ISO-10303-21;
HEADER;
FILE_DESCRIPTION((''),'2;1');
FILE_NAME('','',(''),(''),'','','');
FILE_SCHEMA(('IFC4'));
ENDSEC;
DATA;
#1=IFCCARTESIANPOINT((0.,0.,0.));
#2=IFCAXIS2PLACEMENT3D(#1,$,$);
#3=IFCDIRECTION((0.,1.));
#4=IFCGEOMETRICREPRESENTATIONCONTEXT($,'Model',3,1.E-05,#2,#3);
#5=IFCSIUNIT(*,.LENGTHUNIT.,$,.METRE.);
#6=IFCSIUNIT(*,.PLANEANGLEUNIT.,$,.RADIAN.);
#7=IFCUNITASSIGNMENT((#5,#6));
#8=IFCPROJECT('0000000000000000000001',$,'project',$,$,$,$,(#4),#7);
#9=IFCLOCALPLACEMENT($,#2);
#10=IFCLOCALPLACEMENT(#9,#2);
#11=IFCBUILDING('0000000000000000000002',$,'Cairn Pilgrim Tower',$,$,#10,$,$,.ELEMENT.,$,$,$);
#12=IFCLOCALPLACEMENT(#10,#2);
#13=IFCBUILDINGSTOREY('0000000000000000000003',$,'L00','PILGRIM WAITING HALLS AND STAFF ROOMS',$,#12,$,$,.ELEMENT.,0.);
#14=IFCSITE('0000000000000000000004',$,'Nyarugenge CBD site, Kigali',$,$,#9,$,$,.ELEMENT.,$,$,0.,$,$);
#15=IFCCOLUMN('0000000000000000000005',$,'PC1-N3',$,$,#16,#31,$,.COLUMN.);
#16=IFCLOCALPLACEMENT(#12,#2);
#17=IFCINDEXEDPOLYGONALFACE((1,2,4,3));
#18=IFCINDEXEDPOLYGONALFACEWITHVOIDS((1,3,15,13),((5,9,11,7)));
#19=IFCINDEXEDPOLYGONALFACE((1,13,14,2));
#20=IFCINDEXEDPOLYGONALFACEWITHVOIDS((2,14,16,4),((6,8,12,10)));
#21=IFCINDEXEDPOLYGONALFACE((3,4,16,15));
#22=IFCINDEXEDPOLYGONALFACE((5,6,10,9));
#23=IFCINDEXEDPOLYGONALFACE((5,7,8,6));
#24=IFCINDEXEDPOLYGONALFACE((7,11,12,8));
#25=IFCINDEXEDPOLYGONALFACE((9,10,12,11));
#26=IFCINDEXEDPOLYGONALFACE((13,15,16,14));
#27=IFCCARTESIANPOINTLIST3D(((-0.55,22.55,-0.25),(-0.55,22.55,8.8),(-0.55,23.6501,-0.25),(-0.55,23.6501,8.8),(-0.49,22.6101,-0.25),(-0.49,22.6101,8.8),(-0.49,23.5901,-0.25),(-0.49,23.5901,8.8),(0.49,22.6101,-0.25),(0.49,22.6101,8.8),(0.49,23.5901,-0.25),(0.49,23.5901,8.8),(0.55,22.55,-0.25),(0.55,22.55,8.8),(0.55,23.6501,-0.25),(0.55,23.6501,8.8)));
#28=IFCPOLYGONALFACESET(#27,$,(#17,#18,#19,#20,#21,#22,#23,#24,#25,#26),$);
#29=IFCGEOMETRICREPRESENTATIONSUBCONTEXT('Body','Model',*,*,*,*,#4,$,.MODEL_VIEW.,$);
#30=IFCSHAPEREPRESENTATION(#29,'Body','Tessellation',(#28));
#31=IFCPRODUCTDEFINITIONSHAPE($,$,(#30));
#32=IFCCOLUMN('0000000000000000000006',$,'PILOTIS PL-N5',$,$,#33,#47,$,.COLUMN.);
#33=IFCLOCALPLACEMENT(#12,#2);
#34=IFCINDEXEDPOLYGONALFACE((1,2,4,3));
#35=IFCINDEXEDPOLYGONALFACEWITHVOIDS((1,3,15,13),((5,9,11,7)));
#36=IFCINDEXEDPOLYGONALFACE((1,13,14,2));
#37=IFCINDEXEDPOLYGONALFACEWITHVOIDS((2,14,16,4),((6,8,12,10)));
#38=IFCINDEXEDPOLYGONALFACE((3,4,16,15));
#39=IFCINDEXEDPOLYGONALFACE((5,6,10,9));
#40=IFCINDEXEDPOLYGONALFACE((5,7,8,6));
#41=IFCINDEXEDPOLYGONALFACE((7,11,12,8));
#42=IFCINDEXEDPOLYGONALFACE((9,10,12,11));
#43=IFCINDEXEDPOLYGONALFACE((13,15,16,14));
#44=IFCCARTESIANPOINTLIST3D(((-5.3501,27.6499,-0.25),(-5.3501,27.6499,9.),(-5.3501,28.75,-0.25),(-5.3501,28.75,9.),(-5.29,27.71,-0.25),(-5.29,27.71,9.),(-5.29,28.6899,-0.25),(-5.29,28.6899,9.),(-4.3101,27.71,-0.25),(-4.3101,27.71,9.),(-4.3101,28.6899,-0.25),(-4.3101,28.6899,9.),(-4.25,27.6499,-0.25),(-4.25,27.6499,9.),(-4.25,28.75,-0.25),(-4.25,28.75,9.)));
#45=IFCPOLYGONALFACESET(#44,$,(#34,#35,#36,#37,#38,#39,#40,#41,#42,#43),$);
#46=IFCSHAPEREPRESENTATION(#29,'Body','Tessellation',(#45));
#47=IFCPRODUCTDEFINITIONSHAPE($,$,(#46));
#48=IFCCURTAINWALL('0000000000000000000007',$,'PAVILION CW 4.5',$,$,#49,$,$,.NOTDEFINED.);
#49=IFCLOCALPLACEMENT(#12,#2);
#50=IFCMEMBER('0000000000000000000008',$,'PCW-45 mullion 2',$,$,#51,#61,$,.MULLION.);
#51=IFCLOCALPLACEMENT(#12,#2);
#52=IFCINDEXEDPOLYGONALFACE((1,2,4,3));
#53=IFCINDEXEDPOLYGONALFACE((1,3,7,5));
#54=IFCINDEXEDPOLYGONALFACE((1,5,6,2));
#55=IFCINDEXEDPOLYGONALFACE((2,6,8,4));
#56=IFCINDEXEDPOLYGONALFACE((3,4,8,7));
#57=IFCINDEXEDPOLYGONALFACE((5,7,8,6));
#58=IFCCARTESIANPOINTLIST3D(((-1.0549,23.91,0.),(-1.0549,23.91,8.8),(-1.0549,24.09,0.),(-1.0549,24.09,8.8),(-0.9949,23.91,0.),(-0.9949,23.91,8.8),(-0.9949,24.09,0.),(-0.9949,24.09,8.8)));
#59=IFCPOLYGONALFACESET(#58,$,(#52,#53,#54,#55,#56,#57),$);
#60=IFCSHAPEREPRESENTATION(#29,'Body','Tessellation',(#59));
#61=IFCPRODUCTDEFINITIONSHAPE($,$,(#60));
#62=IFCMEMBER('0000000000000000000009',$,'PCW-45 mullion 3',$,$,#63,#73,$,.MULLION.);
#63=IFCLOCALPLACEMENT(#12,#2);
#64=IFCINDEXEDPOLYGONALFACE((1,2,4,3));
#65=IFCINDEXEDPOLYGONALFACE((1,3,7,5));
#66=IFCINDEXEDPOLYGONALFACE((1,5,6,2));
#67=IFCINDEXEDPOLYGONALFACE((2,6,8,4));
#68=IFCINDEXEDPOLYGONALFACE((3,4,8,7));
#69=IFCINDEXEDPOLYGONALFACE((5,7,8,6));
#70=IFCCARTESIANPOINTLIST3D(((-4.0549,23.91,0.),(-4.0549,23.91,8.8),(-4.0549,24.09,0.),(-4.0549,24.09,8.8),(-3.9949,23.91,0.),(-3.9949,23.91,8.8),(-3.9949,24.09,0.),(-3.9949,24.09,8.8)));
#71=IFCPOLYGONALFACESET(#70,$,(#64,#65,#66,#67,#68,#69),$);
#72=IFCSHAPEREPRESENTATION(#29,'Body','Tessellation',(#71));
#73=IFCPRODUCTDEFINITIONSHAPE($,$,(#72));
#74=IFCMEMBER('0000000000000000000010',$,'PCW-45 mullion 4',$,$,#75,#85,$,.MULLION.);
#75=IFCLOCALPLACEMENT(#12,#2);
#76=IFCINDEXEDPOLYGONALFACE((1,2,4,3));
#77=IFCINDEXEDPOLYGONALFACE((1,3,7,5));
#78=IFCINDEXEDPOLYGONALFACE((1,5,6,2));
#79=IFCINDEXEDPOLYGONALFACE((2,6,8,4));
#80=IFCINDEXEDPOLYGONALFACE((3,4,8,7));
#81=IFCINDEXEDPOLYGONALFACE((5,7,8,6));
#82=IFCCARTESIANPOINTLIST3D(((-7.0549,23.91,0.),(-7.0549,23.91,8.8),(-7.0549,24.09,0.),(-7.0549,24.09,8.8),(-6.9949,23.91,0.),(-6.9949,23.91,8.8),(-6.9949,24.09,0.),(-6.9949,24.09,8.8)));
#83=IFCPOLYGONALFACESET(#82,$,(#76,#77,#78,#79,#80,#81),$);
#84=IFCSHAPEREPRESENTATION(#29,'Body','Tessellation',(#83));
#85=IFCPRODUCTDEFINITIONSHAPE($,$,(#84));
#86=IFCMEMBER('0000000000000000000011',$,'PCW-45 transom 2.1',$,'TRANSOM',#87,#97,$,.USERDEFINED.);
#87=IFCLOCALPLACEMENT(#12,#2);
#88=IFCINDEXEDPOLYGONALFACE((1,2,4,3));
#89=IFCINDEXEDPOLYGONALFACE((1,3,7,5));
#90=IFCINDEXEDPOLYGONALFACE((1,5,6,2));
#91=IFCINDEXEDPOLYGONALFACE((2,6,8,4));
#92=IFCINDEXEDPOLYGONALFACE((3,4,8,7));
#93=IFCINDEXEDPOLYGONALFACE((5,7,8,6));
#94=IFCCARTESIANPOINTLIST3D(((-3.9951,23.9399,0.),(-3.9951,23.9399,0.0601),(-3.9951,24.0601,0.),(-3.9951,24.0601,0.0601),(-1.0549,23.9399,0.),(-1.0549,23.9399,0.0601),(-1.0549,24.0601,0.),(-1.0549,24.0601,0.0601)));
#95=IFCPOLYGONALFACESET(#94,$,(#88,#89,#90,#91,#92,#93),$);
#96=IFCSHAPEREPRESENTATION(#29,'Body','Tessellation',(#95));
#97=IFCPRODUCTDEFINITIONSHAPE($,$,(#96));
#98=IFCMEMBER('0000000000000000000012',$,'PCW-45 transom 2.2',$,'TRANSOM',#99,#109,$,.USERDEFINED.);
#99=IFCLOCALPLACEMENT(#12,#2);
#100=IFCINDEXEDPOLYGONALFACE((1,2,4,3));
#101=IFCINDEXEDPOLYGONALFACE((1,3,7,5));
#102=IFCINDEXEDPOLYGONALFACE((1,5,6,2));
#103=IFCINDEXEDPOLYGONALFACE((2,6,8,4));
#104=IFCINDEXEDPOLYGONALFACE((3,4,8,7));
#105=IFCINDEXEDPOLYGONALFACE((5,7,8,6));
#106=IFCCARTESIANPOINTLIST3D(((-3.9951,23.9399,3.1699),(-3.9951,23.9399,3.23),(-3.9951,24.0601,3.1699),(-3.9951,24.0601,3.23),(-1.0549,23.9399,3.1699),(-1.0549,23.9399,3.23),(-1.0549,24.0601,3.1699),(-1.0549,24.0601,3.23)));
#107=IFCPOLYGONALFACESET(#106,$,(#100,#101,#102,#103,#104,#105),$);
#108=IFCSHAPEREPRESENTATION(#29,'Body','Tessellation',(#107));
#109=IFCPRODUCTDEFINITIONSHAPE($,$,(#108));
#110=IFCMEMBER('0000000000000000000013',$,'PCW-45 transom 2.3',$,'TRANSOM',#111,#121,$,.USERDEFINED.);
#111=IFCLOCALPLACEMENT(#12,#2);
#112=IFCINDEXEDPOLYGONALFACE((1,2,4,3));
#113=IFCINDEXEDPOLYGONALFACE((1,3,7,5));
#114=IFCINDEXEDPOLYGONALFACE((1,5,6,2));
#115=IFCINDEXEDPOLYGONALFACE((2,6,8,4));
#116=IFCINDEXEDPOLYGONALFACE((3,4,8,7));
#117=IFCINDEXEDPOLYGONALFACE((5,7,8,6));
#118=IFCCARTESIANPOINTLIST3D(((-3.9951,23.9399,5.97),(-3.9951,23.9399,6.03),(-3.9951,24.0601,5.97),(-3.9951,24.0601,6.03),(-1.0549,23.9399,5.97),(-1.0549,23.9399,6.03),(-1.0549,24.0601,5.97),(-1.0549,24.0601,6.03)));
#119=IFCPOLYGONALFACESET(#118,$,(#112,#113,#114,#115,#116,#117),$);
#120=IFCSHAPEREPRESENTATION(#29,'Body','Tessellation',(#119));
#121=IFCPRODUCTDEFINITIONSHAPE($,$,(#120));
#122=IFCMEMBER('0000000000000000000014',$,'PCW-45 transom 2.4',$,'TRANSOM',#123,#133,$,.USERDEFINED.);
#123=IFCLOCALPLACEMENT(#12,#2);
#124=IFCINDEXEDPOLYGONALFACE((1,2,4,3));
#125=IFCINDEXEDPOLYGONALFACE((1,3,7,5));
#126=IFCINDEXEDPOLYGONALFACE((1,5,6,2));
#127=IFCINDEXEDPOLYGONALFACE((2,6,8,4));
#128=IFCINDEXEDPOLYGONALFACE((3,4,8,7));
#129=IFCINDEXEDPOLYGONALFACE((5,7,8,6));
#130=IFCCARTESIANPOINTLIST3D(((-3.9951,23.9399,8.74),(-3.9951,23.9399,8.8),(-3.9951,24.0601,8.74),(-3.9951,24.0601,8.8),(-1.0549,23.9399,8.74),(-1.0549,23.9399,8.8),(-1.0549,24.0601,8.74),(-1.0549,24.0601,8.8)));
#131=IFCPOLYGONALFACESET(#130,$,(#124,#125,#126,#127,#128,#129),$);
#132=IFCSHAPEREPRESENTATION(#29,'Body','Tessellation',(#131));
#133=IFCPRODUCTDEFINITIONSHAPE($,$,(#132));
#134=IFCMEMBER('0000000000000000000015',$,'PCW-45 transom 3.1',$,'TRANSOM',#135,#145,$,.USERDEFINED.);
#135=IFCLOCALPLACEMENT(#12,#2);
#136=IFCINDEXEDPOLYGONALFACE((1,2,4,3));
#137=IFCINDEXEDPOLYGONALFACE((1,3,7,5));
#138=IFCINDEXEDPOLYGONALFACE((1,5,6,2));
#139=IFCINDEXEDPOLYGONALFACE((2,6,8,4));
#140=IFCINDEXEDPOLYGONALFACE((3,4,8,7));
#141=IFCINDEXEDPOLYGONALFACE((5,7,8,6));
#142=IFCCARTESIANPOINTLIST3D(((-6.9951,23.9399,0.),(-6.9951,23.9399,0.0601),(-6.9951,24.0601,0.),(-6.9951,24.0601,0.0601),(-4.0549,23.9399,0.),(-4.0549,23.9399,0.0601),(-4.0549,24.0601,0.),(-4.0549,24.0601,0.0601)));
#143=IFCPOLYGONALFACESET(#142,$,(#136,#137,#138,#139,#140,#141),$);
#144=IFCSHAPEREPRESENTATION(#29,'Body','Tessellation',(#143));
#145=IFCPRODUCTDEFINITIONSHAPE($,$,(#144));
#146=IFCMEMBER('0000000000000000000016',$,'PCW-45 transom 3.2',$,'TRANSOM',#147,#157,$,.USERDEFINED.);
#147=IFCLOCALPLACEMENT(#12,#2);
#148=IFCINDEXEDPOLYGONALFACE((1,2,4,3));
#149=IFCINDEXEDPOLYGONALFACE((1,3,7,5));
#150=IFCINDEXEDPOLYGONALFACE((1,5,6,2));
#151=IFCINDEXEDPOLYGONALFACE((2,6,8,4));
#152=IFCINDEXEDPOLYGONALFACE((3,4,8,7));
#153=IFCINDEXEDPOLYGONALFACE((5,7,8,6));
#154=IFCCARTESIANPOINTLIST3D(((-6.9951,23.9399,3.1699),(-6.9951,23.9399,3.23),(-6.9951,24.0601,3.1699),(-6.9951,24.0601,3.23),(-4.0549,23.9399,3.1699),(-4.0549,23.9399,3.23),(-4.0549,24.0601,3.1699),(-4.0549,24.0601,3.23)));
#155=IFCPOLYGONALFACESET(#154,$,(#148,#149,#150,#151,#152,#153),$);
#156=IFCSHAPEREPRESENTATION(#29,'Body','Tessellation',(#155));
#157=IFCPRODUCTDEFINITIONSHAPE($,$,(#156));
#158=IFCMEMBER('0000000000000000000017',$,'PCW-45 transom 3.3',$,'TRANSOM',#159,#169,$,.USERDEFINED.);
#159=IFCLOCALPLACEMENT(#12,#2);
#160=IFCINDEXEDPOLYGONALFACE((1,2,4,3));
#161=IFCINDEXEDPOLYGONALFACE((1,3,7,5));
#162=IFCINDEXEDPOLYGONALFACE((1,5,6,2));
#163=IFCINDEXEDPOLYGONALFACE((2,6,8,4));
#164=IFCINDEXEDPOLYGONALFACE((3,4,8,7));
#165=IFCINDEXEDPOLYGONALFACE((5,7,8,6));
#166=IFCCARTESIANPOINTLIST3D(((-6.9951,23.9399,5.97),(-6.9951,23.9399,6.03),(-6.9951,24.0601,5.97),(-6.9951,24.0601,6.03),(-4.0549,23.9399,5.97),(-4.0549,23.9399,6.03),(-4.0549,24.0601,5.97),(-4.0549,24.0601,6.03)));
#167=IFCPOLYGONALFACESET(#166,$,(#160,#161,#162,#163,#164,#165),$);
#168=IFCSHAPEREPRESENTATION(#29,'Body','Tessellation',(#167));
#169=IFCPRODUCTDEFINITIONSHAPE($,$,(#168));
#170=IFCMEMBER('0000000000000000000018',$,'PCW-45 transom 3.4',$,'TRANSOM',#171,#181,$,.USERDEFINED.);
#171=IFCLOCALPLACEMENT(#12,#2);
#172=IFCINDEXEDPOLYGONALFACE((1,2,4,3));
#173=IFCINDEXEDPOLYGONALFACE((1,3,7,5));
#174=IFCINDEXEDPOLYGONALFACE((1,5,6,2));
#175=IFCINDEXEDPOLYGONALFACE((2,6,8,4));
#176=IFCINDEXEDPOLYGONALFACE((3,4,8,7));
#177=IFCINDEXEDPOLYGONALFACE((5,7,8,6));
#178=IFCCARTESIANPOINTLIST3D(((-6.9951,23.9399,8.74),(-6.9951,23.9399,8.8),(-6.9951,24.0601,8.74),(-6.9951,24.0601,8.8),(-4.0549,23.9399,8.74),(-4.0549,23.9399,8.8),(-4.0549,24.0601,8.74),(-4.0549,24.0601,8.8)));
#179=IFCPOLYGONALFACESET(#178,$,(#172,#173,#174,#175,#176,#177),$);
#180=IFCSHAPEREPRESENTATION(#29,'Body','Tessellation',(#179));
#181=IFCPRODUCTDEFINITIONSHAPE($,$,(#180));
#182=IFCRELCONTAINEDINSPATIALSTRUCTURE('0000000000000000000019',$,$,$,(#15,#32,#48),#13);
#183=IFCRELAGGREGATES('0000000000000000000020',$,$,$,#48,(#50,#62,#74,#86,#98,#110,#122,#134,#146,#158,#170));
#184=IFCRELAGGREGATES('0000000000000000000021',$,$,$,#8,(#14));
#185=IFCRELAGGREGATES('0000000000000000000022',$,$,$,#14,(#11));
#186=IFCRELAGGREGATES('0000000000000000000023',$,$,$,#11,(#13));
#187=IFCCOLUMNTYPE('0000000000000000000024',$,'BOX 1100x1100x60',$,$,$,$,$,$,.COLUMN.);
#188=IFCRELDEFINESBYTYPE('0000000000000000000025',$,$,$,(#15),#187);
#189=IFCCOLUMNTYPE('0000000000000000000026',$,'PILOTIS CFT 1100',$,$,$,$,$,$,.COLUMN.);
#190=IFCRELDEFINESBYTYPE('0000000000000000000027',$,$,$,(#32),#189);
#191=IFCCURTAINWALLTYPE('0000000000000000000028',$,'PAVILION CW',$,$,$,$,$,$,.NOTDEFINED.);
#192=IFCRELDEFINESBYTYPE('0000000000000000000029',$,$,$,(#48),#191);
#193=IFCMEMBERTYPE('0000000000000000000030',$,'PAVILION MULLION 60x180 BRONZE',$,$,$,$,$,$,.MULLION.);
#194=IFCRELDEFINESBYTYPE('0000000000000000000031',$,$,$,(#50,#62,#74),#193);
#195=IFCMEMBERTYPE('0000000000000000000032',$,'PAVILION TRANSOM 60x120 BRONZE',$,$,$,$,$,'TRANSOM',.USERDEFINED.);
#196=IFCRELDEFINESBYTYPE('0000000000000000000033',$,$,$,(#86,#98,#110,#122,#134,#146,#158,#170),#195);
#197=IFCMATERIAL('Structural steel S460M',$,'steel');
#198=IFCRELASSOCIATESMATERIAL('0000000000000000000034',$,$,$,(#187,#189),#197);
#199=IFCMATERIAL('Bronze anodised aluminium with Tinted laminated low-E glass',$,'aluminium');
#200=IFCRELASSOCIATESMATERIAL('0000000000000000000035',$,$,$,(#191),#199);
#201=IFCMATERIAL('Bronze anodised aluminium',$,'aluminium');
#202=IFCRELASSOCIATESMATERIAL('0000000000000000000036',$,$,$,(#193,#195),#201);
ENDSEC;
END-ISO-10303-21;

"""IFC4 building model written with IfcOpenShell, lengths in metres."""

from ifc_helpers import new_model, si_unit, direction, frame, origin, origin_2d, place, context, subcontext, project, spatial, rectangle, hollow_rectangle, extrude, material, material_profile, profile_set, type_object, element, aggregate, save


model = new_model("IFC4")

# Units and contexts
model_context = context("Model", 3, precision=1e-05, world=origin(), true_north=direction((0.0, 1.0)))
body_context = subcontext(model_context, "Body", "Model", "MODEL_VIEW")
ifc_project = project(units=[si_unit("LENGTHUNIT", "METRE"), si_unit("PLANEANGLEUNIT", "RADIAN")], contexts=[model_context])

# Site, building, storey
site_placement = place(None, origin())
site = spatial("IfcSite", under=ifc_project, at=site_placement, Name="Nyarugenge CBD site, Kigali", CompositionType="ELEMENT", RefElevation=0.0)
building_placement = place(site_placement, origin())
building = spatial("IfcBuilding", under=site, at=building_placement, Name="Cairn Pilgrim Tower", CompositionType="ELEMENT")
storey_placement = place(building_placement, origin())
storey = spatial("IfcBuildingStorey", under=building, at=storey_placement, Name="L00", Description="PILGRIM WAITING HALLS AND STAFF ROOMS", CompositionType="ELEMENT", Elevation=0.0)

# Columns
ifc_material_1 = material(Name="Structural steel S460M", Category="steel")
ifc_material_profile_1 = material_profile(ifc_material_1, hollow_rectangle(XDim=1.1001, YDim=1.1001, WallThickness=0.0601, at=origin_2d()), Name="BOX 1100x1100x60")
ifc_profile_set_1 = profile_set([ifc_material_profile_1], Name="Structural steel S460M")
column_type_1 = type_object("IfcColumnType", Name="BOX 1100x1100x60", PredefinedType="COLUMN", material=ifc_profile_set_1)
column_1_placement = place(storey_placement, frame((0.0, 23.1001, -0.25), z_axis=(0.0, 0.0, 1.0), x_axis=(1.0, 0.0, 0.0)))
element("IfcColumn", 1, at=column_1_placement, inside=storey, type_object=column_type_1, Name="PC1-N3", PredefinedType="COLUMN", context=body_context, shape_type="SweptSolid", body=[
    extrude(hollow_rectangle(XDim=1.1001, YDim=1.1001, WallThickness=0.0601, at=origin_2d()), origin(), (0.0, 0.0, 1.0), 9.05),
])
ifc_material_profile_2 = material_profile(ifc_material_1, hollow_rectangle(XDim=1.1001, YDim=1.1001, WallThickness=0.0601, at=origin_2d()), Name="BOX 1100x1100x60")
ifc_profile_set_2 = profile_set([ifc_material_profile_2], Name="Structural steel S460M")
column_type_2 = type_object("IfcColumnType", Name="PILOTIS CFT 1100", PredefinedType="COLUMN", material=ifc_profile_set_2)
column_2_placement = place(storey_placement, frame((-4.8, 28.2, -0.25), z_axis=(0.0, 0.0, 1.0), x_axis=(1.0, 0.0, 0.0)))
element("IfcColumn", 2, at=column_2_placement, inside=storey, type_object=column_type_2, Name="PILOTIS PL-N5", PredefinedType="COLUMN", context=body_context, shape_type="SweptSolid", body=[
    extrude(hollow_rectangle(XDim=1.1001, YDim=1.1001, WallThickness=0.0601, at=origin_2d()), origin(), (0.0, 0.0, 1.0), 9.25),
])

# Curtain wall, members
ifc_material_2 = material(Name="Bronze anodised aluminium with Tinted laminated low-E glass", Category="aluminium")
curtain_wall_type = type_object("IfcCurtainWallType", Name="PAVILION CW", PredefinedType="NOTDEFINED", material=ifc_material_2)
curtain_wall_placement = place(storey_placement, origin())
curtain_wall = element("IfcCurtainWall", 3, at=curtain_wall_placement, inside=storey, type_object=curtain_wall_type, Name="PAVILION CW 4.5", PredefinedType="NOTDEFINED")
ifc_material_3 = material(Name="Bronze anodised aluminium", Category="aluminium")
ifc_material_profile_3 = material_profile(ifc_material_3, rectangle(XDim=0.1799, YDim=0.0601, at=origin_2d()), Name="PAVILION MULLION 60x180 BRONZE")
ifc_profile_set_3 = profile_set([ifc_material_profile_3], Name="Bronze anodised aluminium")
member_type_1 = type_object("IfcMemberType", Name="PAVILION MULLION 60x180 BRONZE", PredefinedType="MULLION", material=ifc_profile_set_3)
member_1_placement = place(storey_placement, frame((-1.0249, 24.0, 0.0), z_axis=(0.0, 0.0, 1.0), x_axis=(0.0, -1.0, 0.0)))
member_1 = element("IfcMember", 4, at=member_1_placement, type_object=member_type_1, Name="PCW-45 mullion 2", PredefinedType="MULLION", context=body_context, shape_type="SweptSolid", body=[
    extrude(rectangle(XDim=0.1799, YDim=0.0601, at=origin_2d()), origin(), (0.0, 0.0, 1.0), 8.8),
])
member_2_placement = place(storey_placement, frame((-4.0249, 24.0, 0.0), z_axis=(0.0, 0.0, 1.0), x_axis=(0.0, -1.0, 0.0)))
member_2 = element("IfcMember", 5, at=member_2_placement, type_object=member_type_1, Name="PCW-45 mullion 3", PredefinedType="MULLION", context=body_context, shape_type="SweptSolid", body=[
    extrude(rectangle(XDim=0.1799, YDim=0.0601, at=origin_2d()), origin(), (0.0, 0.0, 1.0), 8.8),
])
member_3_placement = place(storey_placement, frame((-7.0249, 24.0, 0.0), z_axis=(0.0, 0.0, 1.0), x_axis=(0.0, -1.0, 0.0)))
member_3 = element("IfcMember", 6, at=member_3_placement, type_object=member_type_1, Name="PCW-45 mullion 4", PredefinedType="MULLION", context=body_context, shape_type="SweptSolid", body=[
    extrude(rectangle(XDim=0.1799, YDim=0.0601, at=origin_2d()), origin(), (0.0, 0.0, 1.0), 8.8),
])
ifc_material_profile_4 = material_profile(ifc_material_3, rectangle(XDim=0.1201, YDim=0.0601, at=origin_2d()), Name="PAVILION TRANSOM 60x120 BRONZE")
ifc_profile_set_4 = profile_set([ifc_material_profile_4], Name="Bronze anodised aluminium")
member_type_2 = type_object("IfcMemberType", Name="PAVILION TRANSOM 60x120 BRONZE", ElementType="TRANSOM", PredefinedType="USERDEFINED", material=ifc_profile_set_4)
member_4_placement = place(storey_placement, frame((-1.0549, 24.0, 0.03), z_axis=(-1.0, 0.0, 0.0), x_axis=(0.0, -1.0, 0.0)))
member_4 = element("IfcMember", 7, at=member_4_placement, type_object=member_type_2, Name="PCW-45 transom 2.1", ObjectType="TRANSOM", PredefinedType="USERDEFINED", context=body_context, shape_type="SweptSolid", body=[
    extrude(rectangle(XDim=0.1201, YDim=0.0601, at=origin_2d()), origin(), (0.0, 0.0, 1.0), 2.9402),
])
member_5_placement = place(storey_placement, frame((-1.0549, 24.0, 3.2), z_axis=(-1.0, 0.0, 0.0), x_axis=(0.0, -1.0, 0.0)))
member_5 = element("IfcMember", 8, at=member_5_placement, type_object=member_type_2, Name="PCW-45 transom 2.2", ObjectType="TRANSOM", PredefinedType="USERDEFINED", context=body_context, shape_type="SweptSolid", body=[
    extrude(rectangle(XDim=0.1201, YDim=0.0601, at=origin_2d()), origin(), (0.0, 0.0, 1.0), 2.9402),
])
member_6_placement = place(storey_placement, frame((-1.0549, 24.0, 6.0), z_axis=(-1.0, 0.0, 0.0), x_axis=(0.0, -1.0, 0.0)))
member_6 = element("IfcMember", 9, at=member_6_placement, type_object=member_type_2, Name="PCW-45 transom 2.3", ObjectType="TRANSOM", PredefinedType="USERDEFINED", context=body_context, shape_type="SweptSolid", body=[
    extrude(rectangle(XDim=0.1201, YDim=0.0601, at=origin_2d()), origin(), (0.0, 0.0, 1.0), 2.9402),
])
member_7_placement = place(storey_placement, frame((-1.0549, 24.0, 8.77), z_axis=(-1.0, 0.0, 0.0), x_axis=(0.0, -1.0, 0.0)))
member_7 = element("IfcMember", 10, at=member_7_placement, type_object=member_type_2, Name="PCW-45 transom 2.4", ObjectType="TRANSOM", PredefinedType="USERDEFINED", context=body_context, shape_type="SweptSolid", body=[
    extrude(rectangle(XDim=0.1201, YDim=0.0601, at=origin_2d()), origin(), (0.0, 0.0, 1.0), 2.9402),
])
member_8_placement = place(storey_placement, frame((-4.0549, 24.0, 0.03), z_axis=(-1.0, 0.0, 0.0), x_axis=(0.0, -1.0, 0.0)))
member_8 = element("IfcMember", 11, at=member_8_placement, type_object=member_type_2, Name="PCW-45 transom 3.1", ObjectType="TRANSOM", PredefinedType="USERDEFINED", context=body_context, shape_type="SweptSolid", body=[
    extrude(rectangle(XDim=0.1201, YDim=0.0601, at=origin_2d()), origin(), (0.0, 0.0, 1.0), 2.9402),
])
member_9_placement = place(storey_placement, frame((-4.0549, 24.0, 3.2), z_axis=(-1.0, 0.0, 0.0), x_axis=(0.0, -1.0, 0.0)))
member_9 = element("IfcMember", 12, at=member_9_placement, type_object=member_type_2, Name="PCW-45 transom 3.2", ObjectType="TRANSOM", PredefinedType="USERDEFINED", context=body_context, shape_type="SweptSolid", body=[
    extrude(rectangle(XDim=0.1201, YDim=0.0601, at=origin_2d()), origin(), (0.0, 0.0, 1.0), 2.9402),
])
member_10_placement = place(storey_placement, frame((-4.0549, 24.0, 6.0), z_axis=(-1.0, 0.0, 0.0), x_axis=(0.0, -1.0, 0.0)))
member_10 = element("IfcMember", 13, at=member_10_placement, type_object=member_type_2, Name="PCW-45 transom 3.3", ObjectType="TRANSOM", PredefinedType="USERDEFINED", context=body_context, shape_type="SweptSolid", body=[
    extrude(rectangle(XDim=0.1201, YDim=0.0601, at=origin_2d()), origin(), (0.0, 0.0, 1.0), 2.9402),
])
member_11_placement = place(storey_placement, frame((-4.0549, 24.0, 8.77), z_axis=(-1.0, 0.0, 0.0), x_axis=(0.0, -1.0, 0.0)))
member_11 = element("IfcMember", 14, at=member_11_placement, type_object=member_type_2, Name="PCW-45 transom 3.4", ObjectType="TRANSOM", PredefinedType="USERDEFINED", context=body_context, shape_type="SweptSolid", body=[
    extrude(rectangle(XDim=0.1201, YDim=0.0601, at=origin_2d()), origin(), (0.0, 0.0, 1.0), 2.9402),
])
aggregate(curtain_wall, [member_1, member_2, member_3, member_4, member_5, member_6, member_7, member_8, member_9, member_10, member_11])

save(model, "model.ifc")
